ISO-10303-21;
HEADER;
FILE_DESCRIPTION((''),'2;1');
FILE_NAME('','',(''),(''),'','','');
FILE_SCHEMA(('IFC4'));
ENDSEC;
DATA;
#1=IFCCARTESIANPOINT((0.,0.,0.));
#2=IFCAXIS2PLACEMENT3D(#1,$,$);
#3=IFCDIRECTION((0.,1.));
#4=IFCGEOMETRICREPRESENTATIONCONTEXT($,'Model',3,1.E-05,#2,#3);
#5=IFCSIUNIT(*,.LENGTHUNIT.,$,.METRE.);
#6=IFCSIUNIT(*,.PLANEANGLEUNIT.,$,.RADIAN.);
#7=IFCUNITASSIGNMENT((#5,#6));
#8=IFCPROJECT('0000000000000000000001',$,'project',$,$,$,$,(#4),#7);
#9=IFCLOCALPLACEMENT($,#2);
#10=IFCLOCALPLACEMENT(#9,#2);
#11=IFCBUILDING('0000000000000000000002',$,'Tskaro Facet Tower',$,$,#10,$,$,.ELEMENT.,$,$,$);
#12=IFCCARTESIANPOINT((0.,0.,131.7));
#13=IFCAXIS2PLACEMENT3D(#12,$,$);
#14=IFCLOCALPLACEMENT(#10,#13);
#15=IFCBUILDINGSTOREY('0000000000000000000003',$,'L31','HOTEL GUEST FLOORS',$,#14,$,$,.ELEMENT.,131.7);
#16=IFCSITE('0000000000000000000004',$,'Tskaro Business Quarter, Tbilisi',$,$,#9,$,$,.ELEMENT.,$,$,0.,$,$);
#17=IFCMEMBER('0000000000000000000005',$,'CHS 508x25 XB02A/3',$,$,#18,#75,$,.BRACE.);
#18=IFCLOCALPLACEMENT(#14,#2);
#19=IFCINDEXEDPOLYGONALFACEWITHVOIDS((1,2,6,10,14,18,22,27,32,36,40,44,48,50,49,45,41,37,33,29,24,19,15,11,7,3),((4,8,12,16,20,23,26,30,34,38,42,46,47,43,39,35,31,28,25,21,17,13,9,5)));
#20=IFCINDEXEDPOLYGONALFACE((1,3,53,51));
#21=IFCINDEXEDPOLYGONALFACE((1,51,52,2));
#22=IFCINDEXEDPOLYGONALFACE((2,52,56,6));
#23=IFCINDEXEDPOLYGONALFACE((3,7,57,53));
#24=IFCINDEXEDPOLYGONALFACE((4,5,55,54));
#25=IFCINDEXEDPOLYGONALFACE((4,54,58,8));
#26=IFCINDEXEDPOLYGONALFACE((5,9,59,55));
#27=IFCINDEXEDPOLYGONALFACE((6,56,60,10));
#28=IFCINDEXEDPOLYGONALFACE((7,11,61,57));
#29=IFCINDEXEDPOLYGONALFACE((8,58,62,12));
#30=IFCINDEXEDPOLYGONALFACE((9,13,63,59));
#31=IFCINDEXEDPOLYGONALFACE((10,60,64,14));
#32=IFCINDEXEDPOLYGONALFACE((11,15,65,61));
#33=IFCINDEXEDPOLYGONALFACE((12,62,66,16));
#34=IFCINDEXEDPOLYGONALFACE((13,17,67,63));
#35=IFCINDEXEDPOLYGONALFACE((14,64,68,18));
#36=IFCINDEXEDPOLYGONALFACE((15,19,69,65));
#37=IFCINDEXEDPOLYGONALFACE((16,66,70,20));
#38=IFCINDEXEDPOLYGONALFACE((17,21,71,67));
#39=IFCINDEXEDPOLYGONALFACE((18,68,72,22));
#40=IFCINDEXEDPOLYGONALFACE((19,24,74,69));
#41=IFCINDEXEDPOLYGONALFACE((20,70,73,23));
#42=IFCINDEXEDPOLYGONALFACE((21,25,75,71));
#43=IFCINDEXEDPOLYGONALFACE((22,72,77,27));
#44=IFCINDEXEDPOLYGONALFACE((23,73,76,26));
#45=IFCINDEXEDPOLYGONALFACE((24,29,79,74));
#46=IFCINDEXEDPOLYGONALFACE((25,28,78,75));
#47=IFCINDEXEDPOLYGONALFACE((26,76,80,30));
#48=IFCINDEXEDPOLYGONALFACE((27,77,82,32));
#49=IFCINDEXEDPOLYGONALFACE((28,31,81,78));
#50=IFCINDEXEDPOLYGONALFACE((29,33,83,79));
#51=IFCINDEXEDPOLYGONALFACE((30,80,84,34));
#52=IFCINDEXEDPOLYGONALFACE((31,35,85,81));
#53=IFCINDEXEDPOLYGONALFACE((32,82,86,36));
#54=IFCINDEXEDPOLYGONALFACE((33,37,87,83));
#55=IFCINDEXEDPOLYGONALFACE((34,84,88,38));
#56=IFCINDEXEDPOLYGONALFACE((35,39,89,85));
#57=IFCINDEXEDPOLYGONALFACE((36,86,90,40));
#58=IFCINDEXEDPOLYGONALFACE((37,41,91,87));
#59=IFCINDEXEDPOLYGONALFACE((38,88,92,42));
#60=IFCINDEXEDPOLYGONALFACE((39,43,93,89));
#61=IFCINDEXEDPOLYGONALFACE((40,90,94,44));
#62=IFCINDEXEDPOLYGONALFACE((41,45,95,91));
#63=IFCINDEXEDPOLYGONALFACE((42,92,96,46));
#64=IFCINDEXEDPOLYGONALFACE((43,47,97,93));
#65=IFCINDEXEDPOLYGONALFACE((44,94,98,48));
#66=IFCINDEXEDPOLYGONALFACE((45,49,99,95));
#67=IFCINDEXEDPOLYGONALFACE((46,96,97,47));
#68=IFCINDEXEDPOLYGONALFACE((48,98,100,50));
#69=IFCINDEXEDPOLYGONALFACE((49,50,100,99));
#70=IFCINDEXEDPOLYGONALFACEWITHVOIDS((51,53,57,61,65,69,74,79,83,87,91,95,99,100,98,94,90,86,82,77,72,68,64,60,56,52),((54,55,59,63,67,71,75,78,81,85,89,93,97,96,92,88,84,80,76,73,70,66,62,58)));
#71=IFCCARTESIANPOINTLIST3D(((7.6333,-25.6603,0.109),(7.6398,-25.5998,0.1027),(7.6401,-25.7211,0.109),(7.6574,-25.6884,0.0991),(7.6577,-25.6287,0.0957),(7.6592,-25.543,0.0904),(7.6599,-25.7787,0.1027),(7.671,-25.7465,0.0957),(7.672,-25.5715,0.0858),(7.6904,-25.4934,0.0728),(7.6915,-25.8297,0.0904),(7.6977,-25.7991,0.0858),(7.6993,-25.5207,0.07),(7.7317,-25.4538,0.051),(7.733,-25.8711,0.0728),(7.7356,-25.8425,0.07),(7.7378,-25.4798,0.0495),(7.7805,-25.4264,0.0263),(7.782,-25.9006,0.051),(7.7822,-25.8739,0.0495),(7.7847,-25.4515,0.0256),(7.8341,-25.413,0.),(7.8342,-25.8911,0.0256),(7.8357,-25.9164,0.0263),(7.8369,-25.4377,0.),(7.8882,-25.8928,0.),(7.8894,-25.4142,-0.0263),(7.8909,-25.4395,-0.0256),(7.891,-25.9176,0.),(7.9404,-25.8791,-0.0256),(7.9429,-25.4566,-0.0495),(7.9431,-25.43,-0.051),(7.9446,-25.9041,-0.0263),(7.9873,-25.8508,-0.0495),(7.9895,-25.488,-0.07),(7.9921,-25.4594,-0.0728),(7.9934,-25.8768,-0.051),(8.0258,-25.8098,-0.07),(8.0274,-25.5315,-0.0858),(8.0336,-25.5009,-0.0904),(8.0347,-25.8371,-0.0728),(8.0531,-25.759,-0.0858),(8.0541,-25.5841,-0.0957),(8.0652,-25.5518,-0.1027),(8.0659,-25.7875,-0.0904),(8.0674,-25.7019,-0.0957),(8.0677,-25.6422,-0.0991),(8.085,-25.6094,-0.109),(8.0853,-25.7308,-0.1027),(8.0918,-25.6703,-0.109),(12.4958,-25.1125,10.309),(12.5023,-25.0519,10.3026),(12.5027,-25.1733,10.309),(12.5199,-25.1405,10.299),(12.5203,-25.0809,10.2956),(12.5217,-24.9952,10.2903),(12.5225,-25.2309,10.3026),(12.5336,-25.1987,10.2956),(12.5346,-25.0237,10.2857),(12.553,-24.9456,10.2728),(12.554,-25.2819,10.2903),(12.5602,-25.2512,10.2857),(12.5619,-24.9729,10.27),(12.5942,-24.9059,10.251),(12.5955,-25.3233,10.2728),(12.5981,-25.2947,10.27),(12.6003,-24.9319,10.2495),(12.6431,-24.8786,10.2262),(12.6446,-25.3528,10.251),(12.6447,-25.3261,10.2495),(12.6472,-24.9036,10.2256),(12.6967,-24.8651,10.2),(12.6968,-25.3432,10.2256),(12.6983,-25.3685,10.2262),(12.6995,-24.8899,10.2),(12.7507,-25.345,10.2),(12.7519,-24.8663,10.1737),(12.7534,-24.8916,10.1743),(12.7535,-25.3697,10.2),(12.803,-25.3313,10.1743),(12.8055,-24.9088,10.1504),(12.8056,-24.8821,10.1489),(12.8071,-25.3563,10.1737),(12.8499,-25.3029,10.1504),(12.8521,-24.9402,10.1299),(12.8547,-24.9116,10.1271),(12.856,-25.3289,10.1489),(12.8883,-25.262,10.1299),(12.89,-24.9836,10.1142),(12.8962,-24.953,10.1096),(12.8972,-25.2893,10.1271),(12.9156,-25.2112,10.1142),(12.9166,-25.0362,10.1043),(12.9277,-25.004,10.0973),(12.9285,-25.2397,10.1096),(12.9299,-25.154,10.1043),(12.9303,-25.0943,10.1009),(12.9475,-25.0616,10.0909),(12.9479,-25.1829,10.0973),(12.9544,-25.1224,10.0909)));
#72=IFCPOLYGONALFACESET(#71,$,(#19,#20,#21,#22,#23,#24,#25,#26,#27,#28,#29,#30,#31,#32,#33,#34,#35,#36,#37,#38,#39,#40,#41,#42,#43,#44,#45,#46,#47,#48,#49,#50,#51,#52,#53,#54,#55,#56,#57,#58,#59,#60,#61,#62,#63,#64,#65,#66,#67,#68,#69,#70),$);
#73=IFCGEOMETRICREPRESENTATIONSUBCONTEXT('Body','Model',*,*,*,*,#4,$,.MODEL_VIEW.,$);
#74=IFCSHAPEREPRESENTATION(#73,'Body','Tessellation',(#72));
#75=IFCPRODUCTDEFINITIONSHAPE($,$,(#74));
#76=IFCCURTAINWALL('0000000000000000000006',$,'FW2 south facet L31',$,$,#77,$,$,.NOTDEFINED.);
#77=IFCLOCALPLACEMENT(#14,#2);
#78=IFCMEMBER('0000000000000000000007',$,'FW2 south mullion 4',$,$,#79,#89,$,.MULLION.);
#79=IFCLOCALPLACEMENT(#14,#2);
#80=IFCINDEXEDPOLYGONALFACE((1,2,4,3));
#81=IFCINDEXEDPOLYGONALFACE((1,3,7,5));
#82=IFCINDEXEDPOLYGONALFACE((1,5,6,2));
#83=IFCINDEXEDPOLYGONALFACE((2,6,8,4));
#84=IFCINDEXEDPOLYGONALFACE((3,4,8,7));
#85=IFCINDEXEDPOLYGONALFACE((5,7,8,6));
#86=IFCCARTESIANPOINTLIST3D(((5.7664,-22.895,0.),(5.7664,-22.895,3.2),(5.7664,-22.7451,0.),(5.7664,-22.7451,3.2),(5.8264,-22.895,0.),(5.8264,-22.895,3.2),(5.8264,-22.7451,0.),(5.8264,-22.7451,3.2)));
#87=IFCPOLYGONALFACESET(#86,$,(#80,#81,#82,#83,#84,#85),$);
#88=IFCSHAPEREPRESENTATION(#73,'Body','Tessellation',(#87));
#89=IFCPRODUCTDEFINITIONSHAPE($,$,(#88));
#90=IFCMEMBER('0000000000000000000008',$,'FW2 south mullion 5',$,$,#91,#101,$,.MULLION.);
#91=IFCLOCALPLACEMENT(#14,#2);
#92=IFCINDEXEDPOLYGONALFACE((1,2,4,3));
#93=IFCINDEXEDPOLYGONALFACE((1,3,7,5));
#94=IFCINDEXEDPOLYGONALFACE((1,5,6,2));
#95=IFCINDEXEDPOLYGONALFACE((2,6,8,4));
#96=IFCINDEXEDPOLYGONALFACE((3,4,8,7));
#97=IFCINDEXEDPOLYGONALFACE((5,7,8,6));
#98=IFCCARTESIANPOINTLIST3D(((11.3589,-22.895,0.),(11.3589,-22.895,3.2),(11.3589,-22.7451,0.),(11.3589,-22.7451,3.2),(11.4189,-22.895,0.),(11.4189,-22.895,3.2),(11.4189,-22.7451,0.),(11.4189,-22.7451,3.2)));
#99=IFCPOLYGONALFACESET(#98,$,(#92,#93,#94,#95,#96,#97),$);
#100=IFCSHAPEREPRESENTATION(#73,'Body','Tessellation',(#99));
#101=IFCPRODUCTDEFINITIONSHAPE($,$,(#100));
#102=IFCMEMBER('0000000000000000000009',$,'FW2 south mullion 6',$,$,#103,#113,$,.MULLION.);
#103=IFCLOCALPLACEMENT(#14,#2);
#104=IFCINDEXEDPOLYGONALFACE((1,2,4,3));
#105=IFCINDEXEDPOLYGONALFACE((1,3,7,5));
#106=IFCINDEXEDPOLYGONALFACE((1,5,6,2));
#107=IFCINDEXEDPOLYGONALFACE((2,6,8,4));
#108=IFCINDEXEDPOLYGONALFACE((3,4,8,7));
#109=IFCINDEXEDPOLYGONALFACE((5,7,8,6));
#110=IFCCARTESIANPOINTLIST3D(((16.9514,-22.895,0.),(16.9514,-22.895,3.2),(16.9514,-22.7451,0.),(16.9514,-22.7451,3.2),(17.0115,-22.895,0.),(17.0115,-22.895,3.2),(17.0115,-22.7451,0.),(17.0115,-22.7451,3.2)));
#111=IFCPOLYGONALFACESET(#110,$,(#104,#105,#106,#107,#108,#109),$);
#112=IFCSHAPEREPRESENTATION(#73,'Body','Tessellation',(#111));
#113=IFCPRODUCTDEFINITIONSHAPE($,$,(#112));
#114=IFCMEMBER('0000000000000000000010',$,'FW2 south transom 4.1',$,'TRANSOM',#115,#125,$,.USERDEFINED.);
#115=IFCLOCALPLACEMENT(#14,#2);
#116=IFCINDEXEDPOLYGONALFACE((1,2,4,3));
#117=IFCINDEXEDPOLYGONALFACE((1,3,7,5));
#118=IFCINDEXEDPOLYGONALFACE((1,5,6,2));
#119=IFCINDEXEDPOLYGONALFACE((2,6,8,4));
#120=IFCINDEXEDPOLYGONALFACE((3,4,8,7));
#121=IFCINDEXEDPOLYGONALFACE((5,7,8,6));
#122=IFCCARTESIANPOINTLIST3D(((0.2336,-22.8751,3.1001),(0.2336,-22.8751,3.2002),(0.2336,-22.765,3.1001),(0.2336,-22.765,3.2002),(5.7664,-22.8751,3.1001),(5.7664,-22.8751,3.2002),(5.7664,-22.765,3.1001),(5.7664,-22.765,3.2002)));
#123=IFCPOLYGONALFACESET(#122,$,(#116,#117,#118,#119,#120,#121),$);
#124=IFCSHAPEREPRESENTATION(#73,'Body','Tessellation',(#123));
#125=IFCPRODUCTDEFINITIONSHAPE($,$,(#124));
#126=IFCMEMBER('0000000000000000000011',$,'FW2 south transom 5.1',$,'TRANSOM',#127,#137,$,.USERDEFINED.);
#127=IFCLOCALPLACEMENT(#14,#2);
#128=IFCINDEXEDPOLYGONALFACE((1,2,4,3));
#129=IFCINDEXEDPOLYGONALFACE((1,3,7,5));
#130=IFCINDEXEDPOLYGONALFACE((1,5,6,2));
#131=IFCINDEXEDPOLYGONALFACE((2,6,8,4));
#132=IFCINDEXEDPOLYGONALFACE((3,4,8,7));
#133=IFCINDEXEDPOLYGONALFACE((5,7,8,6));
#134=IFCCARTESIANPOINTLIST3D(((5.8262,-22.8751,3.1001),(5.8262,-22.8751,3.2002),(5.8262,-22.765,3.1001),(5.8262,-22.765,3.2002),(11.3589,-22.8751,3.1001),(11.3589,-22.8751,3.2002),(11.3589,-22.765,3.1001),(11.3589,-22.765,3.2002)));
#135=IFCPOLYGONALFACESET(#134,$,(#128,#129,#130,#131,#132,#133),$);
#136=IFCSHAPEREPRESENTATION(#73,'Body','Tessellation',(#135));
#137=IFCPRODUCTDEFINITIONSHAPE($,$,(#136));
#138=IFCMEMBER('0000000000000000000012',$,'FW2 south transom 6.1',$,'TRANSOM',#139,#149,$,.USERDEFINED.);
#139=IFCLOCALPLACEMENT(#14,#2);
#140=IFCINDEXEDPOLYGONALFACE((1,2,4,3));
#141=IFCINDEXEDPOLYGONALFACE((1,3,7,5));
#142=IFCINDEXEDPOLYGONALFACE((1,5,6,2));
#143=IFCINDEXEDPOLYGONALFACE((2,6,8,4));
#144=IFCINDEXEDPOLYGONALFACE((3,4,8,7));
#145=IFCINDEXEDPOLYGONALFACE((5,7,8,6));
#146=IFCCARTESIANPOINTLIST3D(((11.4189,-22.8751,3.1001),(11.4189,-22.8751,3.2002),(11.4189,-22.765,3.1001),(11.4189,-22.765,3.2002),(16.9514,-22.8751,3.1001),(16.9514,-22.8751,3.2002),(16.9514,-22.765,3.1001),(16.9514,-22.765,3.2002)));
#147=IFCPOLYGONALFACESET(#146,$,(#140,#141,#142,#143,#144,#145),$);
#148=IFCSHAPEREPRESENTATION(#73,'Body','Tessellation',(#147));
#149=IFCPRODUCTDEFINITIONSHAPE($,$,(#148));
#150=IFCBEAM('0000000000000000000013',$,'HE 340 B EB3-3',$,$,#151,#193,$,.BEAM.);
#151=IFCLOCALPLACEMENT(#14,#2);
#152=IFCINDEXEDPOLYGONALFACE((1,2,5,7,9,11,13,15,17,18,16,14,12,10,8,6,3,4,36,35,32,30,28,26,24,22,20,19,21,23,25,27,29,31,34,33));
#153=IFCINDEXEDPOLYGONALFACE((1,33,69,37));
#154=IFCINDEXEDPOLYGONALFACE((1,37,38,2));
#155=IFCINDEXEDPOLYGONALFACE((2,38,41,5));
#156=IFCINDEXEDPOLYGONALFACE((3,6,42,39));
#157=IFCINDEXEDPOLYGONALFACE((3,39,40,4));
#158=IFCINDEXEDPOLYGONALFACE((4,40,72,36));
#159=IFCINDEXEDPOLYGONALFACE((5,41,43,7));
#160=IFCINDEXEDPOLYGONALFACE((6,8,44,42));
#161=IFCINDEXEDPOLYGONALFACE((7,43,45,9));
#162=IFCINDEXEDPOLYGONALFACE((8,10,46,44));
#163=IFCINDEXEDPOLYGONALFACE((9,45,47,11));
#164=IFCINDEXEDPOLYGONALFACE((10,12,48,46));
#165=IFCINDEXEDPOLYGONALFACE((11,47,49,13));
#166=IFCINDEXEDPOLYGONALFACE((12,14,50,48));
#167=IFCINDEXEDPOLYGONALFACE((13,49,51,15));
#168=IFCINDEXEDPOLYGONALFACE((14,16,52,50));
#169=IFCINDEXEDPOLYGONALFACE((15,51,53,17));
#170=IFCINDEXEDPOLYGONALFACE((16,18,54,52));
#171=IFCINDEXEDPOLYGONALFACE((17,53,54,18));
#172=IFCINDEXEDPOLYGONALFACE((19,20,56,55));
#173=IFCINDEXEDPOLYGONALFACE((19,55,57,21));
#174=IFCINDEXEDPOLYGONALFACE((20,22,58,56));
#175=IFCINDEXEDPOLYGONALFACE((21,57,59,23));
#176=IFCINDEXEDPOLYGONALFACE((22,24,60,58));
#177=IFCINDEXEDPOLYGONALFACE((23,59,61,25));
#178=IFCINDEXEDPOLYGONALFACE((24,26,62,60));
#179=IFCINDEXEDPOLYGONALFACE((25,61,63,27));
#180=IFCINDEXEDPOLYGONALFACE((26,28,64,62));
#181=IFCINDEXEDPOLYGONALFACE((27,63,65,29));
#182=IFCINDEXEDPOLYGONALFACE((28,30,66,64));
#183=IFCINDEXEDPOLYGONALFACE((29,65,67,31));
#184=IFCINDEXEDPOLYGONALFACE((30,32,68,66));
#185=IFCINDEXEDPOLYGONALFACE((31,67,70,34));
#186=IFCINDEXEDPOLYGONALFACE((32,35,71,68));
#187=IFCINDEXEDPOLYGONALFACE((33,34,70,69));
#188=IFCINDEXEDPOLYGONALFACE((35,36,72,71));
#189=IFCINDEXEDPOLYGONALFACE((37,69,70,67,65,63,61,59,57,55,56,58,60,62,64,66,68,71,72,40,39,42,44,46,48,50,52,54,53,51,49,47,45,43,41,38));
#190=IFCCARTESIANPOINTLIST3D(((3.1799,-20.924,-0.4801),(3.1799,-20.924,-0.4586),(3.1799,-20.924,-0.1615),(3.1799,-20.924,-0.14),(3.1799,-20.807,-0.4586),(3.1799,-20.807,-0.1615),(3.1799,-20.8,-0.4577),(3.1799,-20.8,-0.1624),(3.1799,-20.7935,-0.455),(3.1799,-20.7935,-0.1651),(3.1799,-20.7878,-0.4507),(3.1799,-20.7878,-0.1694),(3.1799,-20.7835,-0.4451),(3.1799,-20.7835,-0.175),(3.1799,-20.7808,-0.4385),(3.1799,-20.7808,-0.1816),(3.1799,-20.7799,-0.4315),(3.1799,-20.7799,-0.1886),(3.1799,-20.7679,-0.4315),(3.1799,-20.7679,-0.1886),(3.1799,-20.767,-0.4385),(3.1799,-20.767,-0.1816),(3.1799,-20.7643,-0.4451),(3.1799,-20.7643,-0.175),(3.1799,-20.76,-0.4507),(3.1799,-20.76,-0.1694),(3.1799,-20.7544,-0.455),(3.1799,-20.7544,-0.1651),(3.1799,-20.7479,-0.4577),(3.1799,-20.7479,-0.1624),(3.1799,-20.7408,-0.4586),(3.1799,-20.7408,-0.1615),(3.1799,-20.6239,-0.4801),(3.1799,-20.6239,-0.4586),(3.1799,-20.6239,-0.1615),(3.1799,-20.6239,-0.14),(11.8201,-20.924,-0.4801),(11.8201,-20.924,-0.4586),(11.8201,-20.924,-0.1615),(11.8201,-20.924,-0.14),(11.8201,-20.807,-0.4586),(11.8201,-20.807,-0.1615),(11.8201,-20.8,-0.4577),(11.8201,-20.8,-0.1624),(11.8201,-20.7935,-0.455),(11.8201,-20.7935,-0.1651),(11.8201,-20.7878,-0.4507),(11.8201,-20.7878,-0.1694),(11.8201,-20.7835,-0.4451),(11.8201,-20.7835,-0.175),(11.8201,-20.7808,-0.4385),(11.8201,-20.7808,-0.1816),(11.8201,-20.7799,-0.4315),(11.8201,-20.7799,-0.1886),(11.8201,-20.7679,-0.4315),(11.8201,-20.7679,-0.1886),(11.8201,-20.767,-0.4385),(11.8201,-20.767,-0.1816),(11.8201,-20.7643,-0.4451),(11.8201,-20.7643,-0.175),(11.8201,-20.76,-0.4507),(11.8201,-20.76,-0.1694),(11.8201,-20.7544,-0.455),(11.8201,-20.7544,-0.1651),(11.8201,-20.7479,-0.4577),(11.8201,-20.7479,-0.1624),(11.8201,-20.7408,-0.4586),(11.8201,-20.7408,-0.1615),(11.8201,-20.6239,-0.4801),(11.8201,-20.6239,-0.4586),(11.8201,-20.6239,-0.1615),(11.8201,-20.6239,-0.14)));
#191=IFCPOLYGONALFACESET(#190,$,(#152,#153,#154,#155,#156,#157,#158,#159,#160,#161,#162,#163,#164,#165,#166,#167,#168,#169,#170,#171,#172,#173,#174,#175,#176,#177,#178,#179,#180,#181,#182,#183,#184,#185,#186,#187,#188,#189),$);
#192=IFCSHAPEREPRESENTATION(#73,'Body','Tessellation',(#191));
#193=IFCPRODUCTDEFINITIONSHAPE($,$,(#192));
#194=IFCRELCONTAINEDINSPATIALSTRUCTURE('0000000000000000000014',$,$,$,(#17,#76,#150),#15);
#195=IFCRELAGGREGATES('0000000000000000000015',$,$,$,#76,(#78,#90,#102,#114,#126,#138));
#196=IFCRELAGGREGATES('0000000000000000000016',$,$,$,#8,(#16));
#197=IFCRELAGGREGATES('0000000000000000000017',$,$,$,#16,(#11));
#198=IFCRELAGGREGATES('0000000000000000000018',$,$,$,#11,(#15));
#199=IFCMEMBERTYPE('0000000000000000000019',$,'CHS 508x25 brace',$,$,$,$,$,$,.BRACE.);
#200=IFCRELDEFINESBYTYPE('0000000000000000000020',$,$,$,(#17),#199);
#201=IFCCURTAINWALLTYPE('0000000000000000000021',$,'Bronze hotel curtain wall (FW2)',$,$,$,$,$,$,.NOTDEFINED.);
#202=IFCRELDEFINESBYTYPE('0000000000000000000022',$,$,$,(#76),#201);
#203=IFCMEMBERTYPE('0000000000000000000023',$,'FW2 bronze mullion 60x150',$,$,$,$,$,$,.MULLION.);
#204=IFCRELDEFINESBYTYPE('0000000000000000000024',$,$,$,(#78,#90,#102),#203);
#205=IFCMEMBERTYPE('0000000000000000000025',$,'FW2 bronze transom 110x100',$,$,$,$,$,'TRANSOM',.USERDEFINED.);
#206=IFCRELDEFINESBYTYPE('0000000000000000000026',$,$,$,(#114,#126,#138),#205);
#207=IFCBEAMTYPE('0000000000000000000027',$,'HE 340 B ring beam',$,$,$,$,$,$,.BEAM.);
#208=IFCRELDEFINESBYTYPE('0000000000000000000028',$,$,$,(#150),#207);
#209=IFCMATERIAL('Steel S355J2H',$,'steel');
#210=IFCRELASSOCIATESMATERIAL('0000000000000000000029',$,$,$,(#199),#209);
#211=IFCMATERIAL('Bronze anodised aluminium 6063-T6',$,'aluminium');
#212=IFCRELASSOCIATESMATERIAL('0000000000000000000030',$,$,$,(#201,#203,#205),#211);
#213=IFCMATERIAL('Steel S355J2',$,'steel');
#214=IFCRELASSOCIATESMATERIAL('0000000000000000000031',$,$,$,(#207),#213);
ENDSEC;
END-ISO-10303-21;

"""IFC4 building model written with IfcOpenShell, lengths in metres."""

from ifc_helpers import new_model, si_unit, direction, frame, origin, origin_2d, place, context, subcontext, project, spatial, rectangle, hollow_circle, i_section, extrude, material, material_profile, profile_set, type_object, element, aggregate, save


model = new_model("IFC4")

# Units and contexts
model_context = context("Model", 3, precision=1e-05, world=origin(), true_north=direction((0.0, 1.0)))
body_context = subcontext(model_context, "Body", "Model", "MODEL_VIEW")
ifc_project = project(units=[si_unit("LENGTHUNIT", "METRE"), si_unit("PLANEANGLEUNIT", "RADIAN")], contexts=[model_context])

# Site, building, storey
site_placement = place(None, origin())
site = spatial("IfcSite", under=ifc_project, at=site_placement, Name="Tskaro Business Quarter, Tbilisi", CompositionType="ELEMENT", RefElevation=0.0)
building_placement = place(site_placement, origin())
building = spatial("IfcBuilding", under=site, at=building_placement, Name="Tskaro Facet Tower", CompositionType="ELEMENT")
storey_placement = place(building_placement, frame((0.0, 0.0, 131.7)))
storey = spatial("IfcBuildingStorey", under=building, at=storey_placement, Name="L31", Description="HOTEL GUEST FLOORS", CompositionType="ELEMENT", Elevation=131.7)

# Shared definitions
ifc_material_1 = material(Name="Steel S355J2H", Category="steel")

# Member
ifc_material_profile_1 = material_profile(ifc_material_1, hollow_circle(Radius=0.2539, WallThickness=0.0249, at=origin_2d()), Name="CHS 508x25")
ifc_profile_set_1 = profile_set([ifc_material_profile_1], Name="Steel S355J2H")
member_type_1 = type_object("IfcMemberType", Name="CHS 508x25 brace", PredefinedType="BRACE", material=ifc_profile_set_1)
member_1_placement = place(storey_placement, frame((7.8625, -25.6653, 0.0), z_axis=(0.42982, 0.048427, 0.901615), x_axis=(-0.111959, 0.993713, 0.0)))
element("IfcMember", 1, at=member_1_placement, inside=storey, type_object=member_type_1, Name="CHS 508x25 XB02A/3", PredefinedType="BRACE", context=body_context, shape_type="SweptSolid", body=[
    extrude(hollow_circle(Radius=0.2539, WallThickness=0.0249, at=origin_2d()), origin(), (0.0, 0.0, 1.0), 11.313),
])

# Curtain wall, members
ifc_material_2 = material(Name="Bronze anodised aluminium 6063-T6", Category="aluminium")
curtain_wall_type = type_object("IfcCurtainWallType", Name="Bronze hotel curtain wall (FW2)", PredefinedType="NOTDEFINED", material=ifc_material_2)
curtain_wall_placement = place(storey_placement, origin())
curtain_wall = element("IfcCurtainWall", 2, at=curtain_wall_placement, inside=storey, type_object=curtain_wall_type, Name="FW2 south facet L31", PredefinedType="NOTDEFINED")
ifc_material_profile_2 = material_profile(ifc_material_2, rectangle(XDim=0.0601, YDim=0.1499, at=origin_2d()), Name="Mullion 60x150")
ifc_profile_set_2 = profile_set([ifc_material_profile_2], Name="Bronze anodised aluminium 6063-T6")
member_type_2 = type_object("IfcMemberType", Name="FW2 bronze mullion 60x150", PredefinedType="MULLION", material=ifc_profile_set_2)
member_2_placement = place(storey_placement, frame((5.7964, -22.8201, 0.0), z_axis=(0.0, 0.0, 1.0), x_axis=(1.0, 0.0, 0.0)))
member_2 = element("IfcMember", 3, at=member_2_placement, type_object=member_type_2, Name="FW2 south mullion 4", PredefinedType="MULLION", context=body_context, shape_type="SweptSolid", body=[
    extrude(rectangle(XDim=0.0601, YDim=0.1499, at=origin_2d()), origin(), (0.0, 0.0, 1.0), 3.2),
])
member_3_placement = place(storey_placement, frame((11.3889, -22.8201, 0.0), z_axis=(0.0, 0.0, 1.0), x_axis=(1.0, 0.0, 0.0)))
member_3 = element("IfcMember", 4, at=member_3_placement, type_object=member_type_2, Name="FW2 south mullion 5", PredefinedType="MULLION", context=body_context, shape_type="SweptSolid", body=[
    extrude(rectangle(XDim=0.0601, YDim=0.1499, at=origin_2d()), origin(), (0.0, 0.0, 1.0), 3.2),
])
member_4_placement = place(storey_placement, frame((16.9814, -22.8201, 0.0), z_axis=(0.0, 0.0, 1.0), x_axis=(1.0, 0.0, 0.0)))
member_4 = element("IfcMember", 5, at=member_4_placement, type_object=member_type_2, Name="FW2 south mullion 6", PredefinedType="MULLION", context=body_context, shape_type="SweptSolid", body=[
    extrude(rectangle(XDim=0.0601, YDim=0.1499, at=origin_2d()), origin(), (0.0, 0.0, 1.0), 3.2),
])
ifc_material_profile_3 = material_profile(ifc_material_2, rectangle(XDim=0.1101, YDim=0.1001, at=origin_2d()), Name="Transom 110x100")
ifc_profile_set_3 = profile_set([ifc_material_profile_3], Name="Bronze anodised aluminium 6063-T6")
member_type_3 = type_object("IfcMemberType", Name="FW2 bronze transom 110x100", ElementType="TRANSOM", PredefinedType="USERDEFINED", material=ifc_profile_set_3)
member_5_placement = place(storey_placement, frame((0.2336, -22.8201, 3.1501), z_axis=(1.0, 0.0, 0.0), x_axis=(0.0, 1.0, 0.0)))
member_5 = element("IfcMember", 6, at=member_5_placement, type_object=member_type_3, Name="FW2 south transom 4.1", ObjectType="TRANSOM", PredefinedType="USERDEFINED", context=body_context, shape_type="SweptSolid", body=[
    extrude(rectangle(XDim=0.1101, YDim=0.1001, at=origin_2d()), origin(), (0.0, 0.0, 1.0), 5.5327),
])
member_6_placement = place(storey_placement, frame((5.8262, -22.8201, 3.1501), z_axis=(1.0, 0.0, 0.0), x_axis=(0.0, 1.0, 0.0)))
member_6 = element("IfcMember", 7, at=member_6_placement, type_object=member_type_3, Name="FW2 south transom 5.1", ObjectType="TRANSOM", PredefinedType="USERDEFINED", context=body_context, shape_type="SweptSolid", body=[
    extrude(rectangle(XDim=0.1101, YDim=0.1001, at=origin_2d()), origin(), (0.0, 0.0, 1.0), 5.5327),
])
member_7_placement = place(storey_placement, frame((11.4189, -22.8201, 3.1501), z_axis=(1.0, 0.0, 0.0), x_axis=(0.0, 1.0, 0.0)))
member_7 = element("IfcMember", 8, at=member_7_placement, type_object=member_type_3, Name="FW2 south transom 6.1", ObjectType="TRANSOM", PredefinedType="USERDEFINED", context=body_context, shape_type="SweptSolid", body=[
    extrude(rectangle(XDim=0.1101, YDim=0.1001, at=origin_2d()), origin(), (0.0, 0.0, 1.0), 5.5325),
])

# Beam
ifc_material_3 = material(Name="Steel S355J2", Category="steel")
ifc_material_profile_4 = material_profile(ifc_material_3, i_section(OverallWidth=0.3, OverallDepth=0.3401, WebThickness=0.012, FlangeThickness=0.0215, FilletRadius=0.0271, at=origin_2d()), Name="HE 340 B")
ifc_profile_set_4 = profile_set([ifc_material_profile_4], Name="Steel S355J2")
beam_type_1 = type_object("IfcBeamType", Name="HE 340 B ring beam", PredefinedType="BEAM", material=ifc_profile_set_4)
beam_1_placement = place(storey_placement, frame((3.1799, -20.7739, -0.3101), z_axis=(1.0, 0.0, 0.0), x_axis=(0.0, 1.0, 0.0)))
element("IfcBeam", 9, at=beam_1_placement, inside=storey, type_object=beam_type_1, Name="HE 340 B EB3-3", PredefinedType="BEAM", context=body_context, shape_type="SweptSolid", body=[
    extrude(i_section(OverallWidth=0.3, OverallDepth=0.3401, WebThickness=0.012, FlangeThickness=0.0215, FilletRadius=0.0271, at=origin_2d()), origin(), (0.0, 0.0, 1.0), 8.6401),
])

aggregate(curtain_wall, [member_2, member_3, member_4, member_5, member_6, member_7])

save(model, "model.ifc")
